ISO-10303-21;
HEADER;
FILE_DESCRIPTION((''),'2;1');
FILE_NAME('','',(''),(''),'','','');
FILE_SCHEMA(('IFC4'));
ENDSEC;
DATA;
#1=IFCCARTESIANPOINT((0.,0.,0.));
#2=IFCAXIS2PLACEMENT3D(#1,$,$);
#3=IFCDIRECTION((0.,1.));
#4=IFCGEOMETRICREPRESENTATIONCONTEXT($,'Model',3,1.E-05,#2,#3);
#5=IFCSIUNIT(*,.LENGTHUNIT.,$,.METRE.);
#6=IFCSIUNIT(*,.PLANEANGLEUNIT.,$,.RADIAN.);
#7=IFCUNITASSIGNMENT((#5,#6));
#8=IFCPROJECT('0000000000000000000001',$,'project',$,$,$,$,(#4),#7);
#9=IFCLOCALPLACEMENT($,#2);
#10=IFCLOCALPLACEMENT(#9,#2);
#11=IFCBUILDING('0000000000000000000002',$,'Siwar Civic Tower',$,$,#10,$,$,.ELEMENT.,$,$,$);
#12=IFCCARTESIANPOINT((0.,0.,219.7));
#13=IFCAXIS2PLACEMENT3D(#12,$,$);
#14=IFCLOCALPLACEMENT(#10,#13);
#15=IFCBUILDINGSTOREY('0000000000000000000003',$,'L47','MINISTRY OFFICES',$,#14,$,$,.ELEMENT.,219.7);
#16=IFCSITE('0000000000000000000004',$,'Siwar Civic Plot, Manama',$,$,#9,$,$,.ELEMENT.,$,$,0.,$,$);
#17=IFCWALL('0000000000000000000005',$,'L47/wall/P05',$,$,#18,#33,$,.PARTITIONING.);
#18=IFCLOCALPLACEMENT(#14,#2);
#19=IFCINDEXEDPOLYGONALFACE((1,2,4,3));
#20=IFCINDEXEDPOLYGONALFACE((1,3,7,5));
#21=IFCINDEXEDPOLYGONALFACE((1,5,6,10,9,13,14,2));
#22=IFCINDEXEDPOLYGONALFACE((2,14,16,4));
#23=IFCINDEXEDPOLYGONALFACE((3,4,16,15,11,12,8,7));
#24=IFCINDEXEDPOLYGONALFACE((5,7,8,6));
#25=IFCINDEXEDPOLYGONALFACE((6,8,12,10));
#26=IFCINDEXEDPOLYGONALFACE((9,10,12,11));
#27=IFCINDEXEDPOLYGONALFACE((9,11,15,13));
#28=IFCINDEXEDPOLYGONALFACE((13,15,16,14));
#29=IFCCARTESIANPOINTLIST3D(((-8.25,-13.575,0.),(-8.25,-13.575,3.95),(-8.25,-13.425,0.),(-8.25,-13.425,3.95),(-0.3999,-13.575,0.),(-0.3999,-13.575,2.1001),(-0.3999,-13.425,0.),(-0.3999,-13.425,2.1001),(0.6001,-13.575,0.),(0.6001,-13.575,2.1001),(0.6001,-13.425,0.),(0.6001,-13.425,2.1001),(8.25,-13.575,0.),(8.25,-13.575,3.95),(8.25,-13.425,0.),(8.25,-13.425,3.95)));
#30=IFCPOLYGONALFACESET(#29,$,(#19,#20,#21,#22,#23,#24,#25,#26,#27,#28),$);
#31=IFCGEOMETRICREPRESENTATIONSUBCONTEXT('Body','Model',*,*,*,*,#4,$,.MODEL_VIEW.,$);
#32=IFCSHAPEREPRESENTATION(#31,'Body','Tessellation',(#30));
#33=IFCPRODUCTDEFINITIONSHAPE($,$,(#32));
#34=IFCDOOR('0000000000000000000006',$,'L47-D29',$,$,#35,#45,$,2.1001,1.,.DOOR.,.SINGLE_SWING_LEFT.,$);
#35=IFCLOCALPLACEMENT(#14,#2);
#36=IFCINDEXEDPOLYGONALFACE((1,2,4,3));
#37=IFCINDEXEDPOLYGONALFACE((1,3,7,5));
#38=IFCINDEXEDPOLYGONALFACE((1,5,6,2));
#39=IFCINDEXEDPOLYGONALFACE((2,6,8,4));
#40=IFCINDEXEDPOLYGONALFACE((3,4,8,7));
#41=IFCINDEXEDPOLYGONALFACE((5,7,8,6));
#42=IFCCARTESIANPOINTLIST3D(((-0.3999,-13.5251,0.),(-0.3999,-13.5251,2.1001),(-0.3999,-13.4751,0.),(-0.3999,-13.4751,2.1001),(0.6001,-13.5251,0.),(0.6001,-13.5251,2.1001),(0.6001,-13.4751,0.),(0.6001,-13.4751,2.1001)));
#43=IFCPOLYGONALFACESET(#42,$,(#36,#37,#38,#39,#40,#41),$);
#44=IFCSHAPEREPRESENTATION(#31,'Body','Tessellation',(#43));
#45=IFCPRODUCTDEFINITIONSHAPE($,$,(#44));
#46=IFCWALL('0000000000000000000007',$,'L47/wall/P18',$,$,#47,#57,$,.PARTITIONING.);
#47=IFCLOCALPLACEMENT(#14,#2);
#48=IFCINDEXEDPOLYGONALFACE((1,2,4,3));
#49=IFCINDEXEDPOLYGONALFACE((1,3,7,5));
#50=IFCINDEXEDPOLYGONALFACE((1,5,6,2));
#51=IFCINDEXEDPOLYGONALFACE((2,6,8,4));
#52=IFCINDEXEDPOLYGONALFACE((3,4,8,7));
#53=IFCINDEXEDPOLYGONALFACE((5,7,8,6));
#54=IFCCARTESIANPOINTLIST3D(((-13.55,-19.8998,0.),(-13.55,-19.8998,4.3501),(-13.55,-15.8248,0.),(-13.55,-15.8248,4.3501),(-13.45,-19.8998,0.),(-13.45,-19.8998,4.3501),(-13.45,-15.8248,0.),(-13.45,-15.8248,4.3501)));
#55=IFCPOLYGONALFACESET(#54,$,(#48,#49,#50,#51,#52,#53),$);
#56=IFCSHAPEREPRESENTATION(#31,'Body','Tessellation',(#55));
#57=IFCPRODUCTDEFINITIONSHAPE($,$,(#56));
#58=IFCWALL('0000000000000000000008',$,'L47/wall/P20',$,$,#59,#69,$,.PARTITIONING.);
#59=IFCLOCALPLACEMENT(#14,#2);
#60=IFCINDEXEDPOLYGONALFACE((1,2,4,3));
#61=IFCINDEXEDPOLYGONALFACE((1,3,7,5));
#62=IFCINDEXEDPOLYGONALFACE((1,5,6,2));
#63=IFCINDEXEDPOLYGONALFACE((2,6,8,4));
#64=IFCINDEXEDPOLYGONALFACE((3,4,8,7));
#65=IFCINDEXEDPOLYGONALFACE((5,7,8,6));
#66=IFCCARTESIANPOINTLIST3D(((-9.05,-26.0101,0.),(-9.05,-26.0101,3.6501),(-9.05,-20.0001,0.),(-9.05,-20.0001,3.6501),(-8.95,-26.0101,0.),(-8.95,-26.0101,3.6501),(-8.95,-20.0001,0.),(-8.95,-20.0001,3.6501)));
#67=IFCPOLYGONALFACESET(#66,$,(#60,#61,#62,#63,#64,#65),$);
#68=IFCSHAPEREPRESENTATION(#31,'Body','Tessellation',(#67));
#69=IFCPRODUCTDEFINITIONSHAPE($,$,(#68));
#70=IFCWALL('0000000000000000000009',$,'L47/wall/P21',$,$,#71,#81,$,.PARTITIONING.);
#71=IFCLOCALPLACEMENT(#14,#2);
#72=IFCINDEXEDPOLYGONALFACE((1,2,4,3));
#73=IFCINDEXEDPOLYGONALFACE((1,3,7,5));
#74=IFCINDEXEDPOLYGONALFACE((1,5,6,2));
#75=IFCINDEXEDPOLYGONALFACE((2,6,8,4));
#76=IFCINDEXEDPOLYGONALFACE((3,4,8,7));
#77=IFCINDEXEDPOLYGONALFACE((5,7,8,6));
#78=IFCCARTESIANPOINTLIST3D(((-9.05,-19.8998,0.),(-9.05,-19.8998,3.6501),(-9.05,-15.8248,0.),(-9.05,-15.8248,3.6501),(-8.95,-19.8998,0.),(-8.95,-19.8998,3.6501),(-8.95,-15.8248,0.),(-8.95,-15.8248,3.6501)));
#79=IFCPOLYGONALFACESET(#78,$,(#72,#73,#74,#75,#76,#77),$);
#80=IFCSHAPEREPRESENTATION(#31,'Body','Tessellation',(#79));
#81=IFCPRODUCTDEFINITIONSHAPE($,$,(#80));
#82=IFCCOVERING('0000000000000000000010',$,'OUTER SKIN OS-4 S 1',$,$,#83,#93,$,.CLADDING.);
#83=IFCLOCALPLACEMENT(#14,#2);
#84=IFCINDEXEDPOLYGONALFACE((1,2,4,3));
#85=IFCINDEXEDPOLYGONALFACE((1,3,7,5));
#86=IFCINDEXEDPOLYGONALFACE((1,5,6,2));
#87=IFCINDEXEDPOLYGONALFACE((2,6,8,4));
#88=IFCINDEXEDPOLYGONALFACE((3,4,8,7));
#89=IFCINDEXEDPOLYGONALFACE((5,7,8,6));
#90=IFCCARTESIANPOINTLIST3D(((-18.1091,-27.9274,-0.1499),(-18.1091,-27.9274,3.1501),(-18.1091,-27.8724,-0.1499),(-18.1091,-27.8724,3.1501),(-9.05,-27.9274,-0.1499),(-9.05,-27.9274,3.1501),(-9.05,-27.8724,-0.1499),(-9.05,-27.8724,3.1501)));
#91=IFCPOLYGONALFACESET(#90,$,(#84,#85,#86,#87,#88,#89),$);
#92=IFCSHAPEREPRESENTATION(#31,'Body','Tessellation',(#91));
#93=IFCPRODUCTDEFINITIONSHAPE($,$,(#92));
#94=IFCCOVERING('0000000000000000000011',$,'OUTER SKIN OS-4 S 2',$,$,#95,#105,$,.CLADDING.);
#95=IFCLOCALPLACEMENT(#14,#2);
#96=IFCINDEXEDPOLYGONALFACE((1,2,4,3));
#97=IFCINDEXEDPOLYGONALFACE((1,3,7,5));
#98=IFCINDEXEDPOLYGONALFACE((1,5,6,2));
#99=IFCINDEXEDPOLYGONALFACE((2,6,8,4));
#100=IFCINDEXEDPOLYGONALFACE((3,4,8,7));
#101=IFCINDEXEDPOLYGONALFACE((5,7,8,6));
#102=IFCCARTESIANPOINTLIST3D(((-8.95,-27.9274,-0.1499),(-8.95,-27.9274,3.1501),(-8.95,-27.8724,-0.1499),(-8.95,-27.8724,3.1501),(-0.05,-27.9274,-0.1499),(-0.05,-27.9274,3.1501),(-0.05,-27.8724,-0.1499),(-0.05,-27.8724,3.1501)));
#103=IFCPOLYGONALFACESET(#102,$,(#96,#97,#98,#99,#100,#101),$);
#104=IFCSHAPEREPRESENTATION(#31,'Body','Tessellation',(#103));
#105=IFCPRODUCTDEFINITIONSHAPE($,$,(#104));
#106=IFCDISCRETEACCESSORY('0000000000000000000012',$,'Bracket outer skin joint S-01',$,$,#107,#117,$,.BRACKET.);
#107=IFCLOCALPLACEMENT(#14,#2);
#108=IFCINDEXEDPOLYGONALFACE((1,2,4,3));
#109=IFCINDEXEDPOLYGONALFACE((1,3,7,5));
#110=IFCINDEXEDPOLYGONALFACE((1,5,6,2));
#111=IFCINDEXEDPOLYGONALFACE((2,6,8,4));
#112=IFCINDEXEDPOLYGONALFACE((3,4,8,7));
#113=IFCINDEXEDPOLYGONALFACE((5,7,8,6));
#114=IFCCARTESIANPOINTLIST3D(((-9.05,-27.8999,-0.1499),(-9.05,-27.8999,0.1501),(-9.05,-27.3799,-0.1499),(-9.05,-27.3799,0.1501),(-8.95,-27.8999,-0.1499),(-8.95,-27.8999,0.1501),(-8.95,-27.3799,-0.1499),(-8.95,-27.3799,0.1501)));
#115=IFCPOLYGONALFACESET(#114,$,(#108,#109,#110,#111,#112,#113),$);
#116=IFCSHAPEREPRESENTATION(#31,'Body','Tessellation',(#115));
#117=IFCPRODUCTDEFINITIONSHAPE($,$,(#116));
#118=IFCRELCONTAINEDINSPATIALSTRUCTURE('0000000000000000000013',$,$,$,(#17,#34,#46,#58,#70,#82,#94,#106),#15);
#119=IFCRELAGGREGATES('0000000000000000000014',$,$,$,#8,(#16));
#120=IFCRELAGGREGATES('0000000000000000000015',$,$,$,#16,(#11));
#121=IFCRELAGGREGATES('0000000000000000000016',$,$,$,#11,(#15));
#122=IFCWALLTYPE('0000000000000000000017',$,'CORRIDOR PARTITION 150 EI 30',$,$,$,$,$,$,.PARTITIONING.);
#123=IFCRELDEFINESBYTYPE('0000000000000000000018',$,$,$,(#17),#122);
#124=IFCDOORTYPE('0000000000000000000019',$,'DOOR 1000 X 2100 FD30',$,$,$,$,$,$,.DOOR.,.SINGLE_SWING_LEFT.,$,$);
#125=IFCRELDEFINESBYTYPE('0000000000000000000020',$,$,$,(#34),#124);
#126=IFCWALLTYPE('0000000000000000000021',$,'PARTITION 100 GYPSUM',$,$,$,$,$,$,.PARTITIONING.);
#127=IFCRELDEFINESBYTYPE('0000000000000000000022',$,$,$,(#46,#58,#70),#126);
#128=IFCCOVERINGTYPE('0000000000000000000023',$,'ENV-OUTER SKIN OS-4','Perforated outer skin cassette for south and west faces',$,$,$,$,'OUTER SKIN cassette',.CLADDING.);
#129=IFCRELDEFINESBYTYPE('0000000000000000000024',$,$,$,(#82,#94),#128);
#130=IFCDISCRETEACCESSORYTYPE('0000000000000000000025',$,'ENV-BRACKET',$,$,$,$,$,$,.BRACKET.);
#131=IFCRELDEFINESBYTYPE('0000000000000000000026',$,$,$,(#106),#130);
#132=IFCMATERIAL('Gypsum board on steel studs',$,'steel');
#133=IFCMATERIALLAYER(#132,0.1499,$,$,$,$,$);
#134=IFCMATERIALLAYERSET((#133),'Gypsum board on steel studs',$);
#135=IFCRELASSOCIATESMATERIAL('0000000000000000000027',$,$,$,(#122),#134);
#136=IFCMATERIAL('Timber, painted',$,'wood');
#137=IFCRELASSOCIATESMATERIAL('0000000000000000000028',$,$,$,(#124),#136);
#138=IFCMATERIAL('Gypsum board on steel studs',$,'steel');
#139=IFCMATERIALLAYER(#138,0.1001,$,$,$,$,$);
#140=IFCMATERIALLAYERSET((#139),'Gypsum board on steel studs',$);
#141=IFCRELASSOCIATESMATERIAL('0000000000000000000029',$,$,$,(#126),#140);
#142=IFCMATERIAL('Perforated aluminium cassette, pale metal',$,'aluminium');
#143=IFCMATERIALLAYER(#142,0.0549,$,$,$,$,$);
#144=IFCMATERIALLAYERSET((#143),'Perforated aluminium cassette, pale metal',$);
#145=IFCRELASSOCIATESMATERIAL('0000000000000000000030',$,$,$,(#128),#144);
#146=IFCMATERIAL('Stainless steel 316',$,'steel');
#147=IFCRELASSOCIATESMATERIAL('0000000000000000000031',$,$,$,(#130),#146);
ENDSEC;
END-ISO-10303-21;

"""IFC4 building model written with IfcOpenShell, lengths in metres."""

from ifc_helpers import new_model, si_unit, direction, frame, frame_2d, origin, origin_2d, place, context, subcontext, project, spatial, rectangle, extrude, material, layer, layer_set, type_object, element, fill, save


model = new_model("IFC4")

# Units and contexts
model_context = context("Model", 3, precision=1e-05, world=origin(), true_north=direction((0.0, 1.0)))
body_context = subcontext(model_context, "Body", "Model", "MODEL_VIEW")
ifc_project = project(units=[si_unit("LENGTHUNIT", "METRE"), si_unit("PLANEANGLEUNIT", "RADIAN")], contexts=[model_context])

# Site, building, storey
site_placement = place(None, origin())
site = spatial("IfcSite", under=ifc_project, at=site_placement, Name="Siwar Civic Plot, Manama", CompositionType="ELEMENT", RefElevation=0.0)
building_placement = place(site_placement, origin())
building = spatial("IfcBuilding", under=site, at=building_placement, Name="Siwar Civic Tower", CompositionType="ELEMENT")
storey_placement = place(building_placement, frame((0.0, 0.0, 219.7)))
storey = spatial("IfcBuildingStorey", under=building, at=storey_placement, Name="L47", Description="MINISTRY OFFICES", CompositionType="ELEMENT", Elevation=219.7)

# Wall, opening, door
ifc_material_1 = material(Name="Gypsum board on steel studs", Category="steel")
ifc_layer_1 = layer(ifc_material_1, 0.1499)
ifc_layer_set_1 = layer_set([ifc_layer_1], Name="Gypsum board on steel studs")
wall_type_1 = type_object("IfcWallType", Name="CORRIDOR PARTITION 150 EI 30", PredefinedType="PARTITIONING", material=ifc_layer_set_1)
wall_1_placement = place(storey_placement, frame((-8.25, -13.5, 0.0), z_axis=(0.0, 0.0, 1.0), x_axis=(1.0, 0.0, 0.0)))
wall_1 = element("IfcWall", 1, at=wall_1_placement, inside=storey, type_object=wall_type_1, Name="L47/wall/P05", PredefinedType="PARTITIONING", context=body_context, shape_type="SweptSolid", body=[
    extrude(rectangle(XDim=16.5, YDim=0.1499, at=frame_2d((8.25, 0.0))), origin(), (0.0, 0.0, 1.0), 3.95),
])
opening_placement = place(wall_1_placement, frame((7.8501, 0.0, 0.0)))
opening = element("IfcOpeningElement", 2, at=opening_placement, cuts=wall_1, PredefinedType="OPENING", context=body_context, shape_type="SweptSolid", body=[
    extrude(rectangle(XDim=1.0, YDim=2.1001, at=frame_2d((0.5, 1.05))), frame((0.0, 0.085, 0.0), z_axis=(0.0, -1.0, 0.0), x_axis=(1.0, 0.0, 0.0)), (0.0, 0.0, 1.0), 0.1699),
])
ifc_material_2 = material(Name="Timber, painted", Category="wood")
door_type = type_object("IfcDoorType", Name="DOOR 1000 X 2100 FD30", OperationType="SINGLE_SWING_LEFT", PredefinedType="DOOR", material=ifc_material_2)
door_placement = place(opening_placement, origin())
door = element("IfcDoor", 3, at=door_placement, inside=storey, type_object=door_type, Name="L47-D29", OperationType="SINGLE_SWING_LEFT", OverallHeight=2.1001, OverallWidth=1.0, PredefinedType="DOOR", context=body_context, shape_type="SweptSolid", body=[
    extrude(rectangle(XDim=1.0, YDim=2.1001, at=frame_2d((0.5, 1.05))), frame((0.0, 0.0249, 0.0), z_axis=(0.0, -1.0, 0.0), x_axis=(1.0, 0.0, 0.0)), (0.0, 0.0, 1.0), 0.05),
])
fill(opening, door)

# Walls
ifc_material_3 = material(Name="Gypsum board on steel studs", Category="steel")
ifc_layer_2 = layer(ifc_material_3, 0.1001)
ifc_layer_set_2 = layer_set([ifc_layer_2], Name="Gypsum board on steel studs")
wall_type_2 = type_object("IfcWallType", Name="PARTITION 100 GYPSUM", PredefinedType="PARTITIONING", material=ifc_layer_set_2)
wall_2_placement = place(storey_placement, frame((-13.5, -19.8999, 0.0), z_axis=(0.0, 0.0, 1.0), x_axis=(0.0, 1.0, 0.0)))
element("IfcWall", 4, at=wall_2_placement, inside=storey, type_object=wall_type_2, Name="L47/wall/P18", PredefinedType="PARTITIONING", context=body_context, shape_type="SweptSolid", body=[
    extrude(rectangle(XDim=4.075, YDim=0.1001, at=frame_2d((2.0376, 0.0))), origin(), (0.0, 0.0, 1.0), 4.3501),
])
wall_3_placement = place(storey_placement, frame((-9.0, -26.01, 0.0), z_axis=(0.0, 0.0, 1.0), x_axis=(0.0, 1.0, 0.0)))
element("IfcWall", 5, at=wall_3_placement, inside=storey, type_object=wall_type_2, Name="L47/wall/P20", PredefinedType="PARTITIONING", context=body_context, shape_type="SweptSolid", body=[
    extrude(rectangle(XDim=6.01, YDim=0.1001, at=frame_2d((3.0049, 0.0))), origin(), (0.0, 0.0, 1.0), 3.6501),
])
wall_4_placement = place(storey_placement, frame((-9.0, -19.8999, 0.0), z_axis=(0.0, 0.0, 1.0), x_axis=(0.0, 1.0, 0.0)))
element("IfcWall", 6, at=wall_4_placement, inside=storey, type_object=wall_type_2, Name="L47/wall/P21", PredefinedType="PARTITIONING", context=body_context, shape_type="SweptSolid", body=[
    extrude(rectangle(XDim=4.075, YDim=0.1001, at=frame_2d((2.0376, 0.0))), origin(), (0.0, 0.0, 1.0), 3.6501),
])

# Coverings
ifc_material_4 = material(Name="Perforated aluminium cassette, pale metal", Category="aluminium")
ifc_layer_3 = layer(ifc_material_4, 0.0549)
ifc_layer_set_3 = layer_set([ifc_layer_3], Name="Perforated aluminium cassette, pale metal")
covering_type = type_object("IfcCoveringType", Name="ENV-OUTER SKIN OS-4", Description="Perforated outer skin cassette for south and west faces", ElementType="OUTER SKIN cassette", PredefinedType="CLADDING", material=ifc_layer_set_3)
covering_1_placement = place(storey_placement, frame((-13.5796, -27.8999, -0.1499), z_axis=(0.0, 0.0, 1.0), x_axis=(1.0, 0.0, 0.0)))
element("IfcCovering", 7, at=covering_1_placement, inside=storey, type_object=covering_type, Name="OUTER SKIN OS-4 S 1", PredefinedType="CLADDING", context=body_context, shape_type="SweptSolid", body=[
    extrude(rectangle(XDim=9.0591, YDim=0.0549, at=origin_2d()), origin(), (0.0, 0.0, 1.0), 3.3),
])
covering_2_placement = place(storey_placement, frame((-4.5, -27.8999, -0.1499), z_axis=(0.0, 0.0, 1.0), x_axis=(1.0, 0.0, 0.0)))
element("IfcCovering", 8, at=covering_2_placement, inside=storey, type_object=covering_type, Name="OUTER SKIN OS-4 S 2", PredefinedType="CLADDING", context=body_context, shape_type="SweptSolid", body=[
    extrude(rectangle(XDim=8.8999, YDim=0.0549, at=origin_2d()), origin(), (0.0, 0.0, 1.0), 3.3),
])

# Discrete accessory
ifc_material_5 = material(Name="Stainless steel 316", Category="steel")
discrete_accessory_type = type_object("IfcDiscreteAccessoryType", Name="ENV-BRACKET", PredefinedType="BRACKET", material=ifc_material_5)
discrete_accessory_placement = place(storey_placement, frame((-9.0, -27.6399, -0.1499), z_axis=(0.0, 0.0, 1.0), x_axis=(0.0, -1.0, 0.0)))
element("IfcDiscreteAccessory", 9, at=discrete_accessory_placement, inside=storey, type_object=discrete_accessory_type, Name="Bracket outer skin joint S-01", PredefinedType="BRACKET", context=body_context, shape_type="SweptSolid", body=[
    extrude(rectangle(XDim=0.52, YDim=0.1001, at=origin_2d()), origin(), (0.0, 0.0, 1.0), 0.3),
])

save(model, "model.ifc")
